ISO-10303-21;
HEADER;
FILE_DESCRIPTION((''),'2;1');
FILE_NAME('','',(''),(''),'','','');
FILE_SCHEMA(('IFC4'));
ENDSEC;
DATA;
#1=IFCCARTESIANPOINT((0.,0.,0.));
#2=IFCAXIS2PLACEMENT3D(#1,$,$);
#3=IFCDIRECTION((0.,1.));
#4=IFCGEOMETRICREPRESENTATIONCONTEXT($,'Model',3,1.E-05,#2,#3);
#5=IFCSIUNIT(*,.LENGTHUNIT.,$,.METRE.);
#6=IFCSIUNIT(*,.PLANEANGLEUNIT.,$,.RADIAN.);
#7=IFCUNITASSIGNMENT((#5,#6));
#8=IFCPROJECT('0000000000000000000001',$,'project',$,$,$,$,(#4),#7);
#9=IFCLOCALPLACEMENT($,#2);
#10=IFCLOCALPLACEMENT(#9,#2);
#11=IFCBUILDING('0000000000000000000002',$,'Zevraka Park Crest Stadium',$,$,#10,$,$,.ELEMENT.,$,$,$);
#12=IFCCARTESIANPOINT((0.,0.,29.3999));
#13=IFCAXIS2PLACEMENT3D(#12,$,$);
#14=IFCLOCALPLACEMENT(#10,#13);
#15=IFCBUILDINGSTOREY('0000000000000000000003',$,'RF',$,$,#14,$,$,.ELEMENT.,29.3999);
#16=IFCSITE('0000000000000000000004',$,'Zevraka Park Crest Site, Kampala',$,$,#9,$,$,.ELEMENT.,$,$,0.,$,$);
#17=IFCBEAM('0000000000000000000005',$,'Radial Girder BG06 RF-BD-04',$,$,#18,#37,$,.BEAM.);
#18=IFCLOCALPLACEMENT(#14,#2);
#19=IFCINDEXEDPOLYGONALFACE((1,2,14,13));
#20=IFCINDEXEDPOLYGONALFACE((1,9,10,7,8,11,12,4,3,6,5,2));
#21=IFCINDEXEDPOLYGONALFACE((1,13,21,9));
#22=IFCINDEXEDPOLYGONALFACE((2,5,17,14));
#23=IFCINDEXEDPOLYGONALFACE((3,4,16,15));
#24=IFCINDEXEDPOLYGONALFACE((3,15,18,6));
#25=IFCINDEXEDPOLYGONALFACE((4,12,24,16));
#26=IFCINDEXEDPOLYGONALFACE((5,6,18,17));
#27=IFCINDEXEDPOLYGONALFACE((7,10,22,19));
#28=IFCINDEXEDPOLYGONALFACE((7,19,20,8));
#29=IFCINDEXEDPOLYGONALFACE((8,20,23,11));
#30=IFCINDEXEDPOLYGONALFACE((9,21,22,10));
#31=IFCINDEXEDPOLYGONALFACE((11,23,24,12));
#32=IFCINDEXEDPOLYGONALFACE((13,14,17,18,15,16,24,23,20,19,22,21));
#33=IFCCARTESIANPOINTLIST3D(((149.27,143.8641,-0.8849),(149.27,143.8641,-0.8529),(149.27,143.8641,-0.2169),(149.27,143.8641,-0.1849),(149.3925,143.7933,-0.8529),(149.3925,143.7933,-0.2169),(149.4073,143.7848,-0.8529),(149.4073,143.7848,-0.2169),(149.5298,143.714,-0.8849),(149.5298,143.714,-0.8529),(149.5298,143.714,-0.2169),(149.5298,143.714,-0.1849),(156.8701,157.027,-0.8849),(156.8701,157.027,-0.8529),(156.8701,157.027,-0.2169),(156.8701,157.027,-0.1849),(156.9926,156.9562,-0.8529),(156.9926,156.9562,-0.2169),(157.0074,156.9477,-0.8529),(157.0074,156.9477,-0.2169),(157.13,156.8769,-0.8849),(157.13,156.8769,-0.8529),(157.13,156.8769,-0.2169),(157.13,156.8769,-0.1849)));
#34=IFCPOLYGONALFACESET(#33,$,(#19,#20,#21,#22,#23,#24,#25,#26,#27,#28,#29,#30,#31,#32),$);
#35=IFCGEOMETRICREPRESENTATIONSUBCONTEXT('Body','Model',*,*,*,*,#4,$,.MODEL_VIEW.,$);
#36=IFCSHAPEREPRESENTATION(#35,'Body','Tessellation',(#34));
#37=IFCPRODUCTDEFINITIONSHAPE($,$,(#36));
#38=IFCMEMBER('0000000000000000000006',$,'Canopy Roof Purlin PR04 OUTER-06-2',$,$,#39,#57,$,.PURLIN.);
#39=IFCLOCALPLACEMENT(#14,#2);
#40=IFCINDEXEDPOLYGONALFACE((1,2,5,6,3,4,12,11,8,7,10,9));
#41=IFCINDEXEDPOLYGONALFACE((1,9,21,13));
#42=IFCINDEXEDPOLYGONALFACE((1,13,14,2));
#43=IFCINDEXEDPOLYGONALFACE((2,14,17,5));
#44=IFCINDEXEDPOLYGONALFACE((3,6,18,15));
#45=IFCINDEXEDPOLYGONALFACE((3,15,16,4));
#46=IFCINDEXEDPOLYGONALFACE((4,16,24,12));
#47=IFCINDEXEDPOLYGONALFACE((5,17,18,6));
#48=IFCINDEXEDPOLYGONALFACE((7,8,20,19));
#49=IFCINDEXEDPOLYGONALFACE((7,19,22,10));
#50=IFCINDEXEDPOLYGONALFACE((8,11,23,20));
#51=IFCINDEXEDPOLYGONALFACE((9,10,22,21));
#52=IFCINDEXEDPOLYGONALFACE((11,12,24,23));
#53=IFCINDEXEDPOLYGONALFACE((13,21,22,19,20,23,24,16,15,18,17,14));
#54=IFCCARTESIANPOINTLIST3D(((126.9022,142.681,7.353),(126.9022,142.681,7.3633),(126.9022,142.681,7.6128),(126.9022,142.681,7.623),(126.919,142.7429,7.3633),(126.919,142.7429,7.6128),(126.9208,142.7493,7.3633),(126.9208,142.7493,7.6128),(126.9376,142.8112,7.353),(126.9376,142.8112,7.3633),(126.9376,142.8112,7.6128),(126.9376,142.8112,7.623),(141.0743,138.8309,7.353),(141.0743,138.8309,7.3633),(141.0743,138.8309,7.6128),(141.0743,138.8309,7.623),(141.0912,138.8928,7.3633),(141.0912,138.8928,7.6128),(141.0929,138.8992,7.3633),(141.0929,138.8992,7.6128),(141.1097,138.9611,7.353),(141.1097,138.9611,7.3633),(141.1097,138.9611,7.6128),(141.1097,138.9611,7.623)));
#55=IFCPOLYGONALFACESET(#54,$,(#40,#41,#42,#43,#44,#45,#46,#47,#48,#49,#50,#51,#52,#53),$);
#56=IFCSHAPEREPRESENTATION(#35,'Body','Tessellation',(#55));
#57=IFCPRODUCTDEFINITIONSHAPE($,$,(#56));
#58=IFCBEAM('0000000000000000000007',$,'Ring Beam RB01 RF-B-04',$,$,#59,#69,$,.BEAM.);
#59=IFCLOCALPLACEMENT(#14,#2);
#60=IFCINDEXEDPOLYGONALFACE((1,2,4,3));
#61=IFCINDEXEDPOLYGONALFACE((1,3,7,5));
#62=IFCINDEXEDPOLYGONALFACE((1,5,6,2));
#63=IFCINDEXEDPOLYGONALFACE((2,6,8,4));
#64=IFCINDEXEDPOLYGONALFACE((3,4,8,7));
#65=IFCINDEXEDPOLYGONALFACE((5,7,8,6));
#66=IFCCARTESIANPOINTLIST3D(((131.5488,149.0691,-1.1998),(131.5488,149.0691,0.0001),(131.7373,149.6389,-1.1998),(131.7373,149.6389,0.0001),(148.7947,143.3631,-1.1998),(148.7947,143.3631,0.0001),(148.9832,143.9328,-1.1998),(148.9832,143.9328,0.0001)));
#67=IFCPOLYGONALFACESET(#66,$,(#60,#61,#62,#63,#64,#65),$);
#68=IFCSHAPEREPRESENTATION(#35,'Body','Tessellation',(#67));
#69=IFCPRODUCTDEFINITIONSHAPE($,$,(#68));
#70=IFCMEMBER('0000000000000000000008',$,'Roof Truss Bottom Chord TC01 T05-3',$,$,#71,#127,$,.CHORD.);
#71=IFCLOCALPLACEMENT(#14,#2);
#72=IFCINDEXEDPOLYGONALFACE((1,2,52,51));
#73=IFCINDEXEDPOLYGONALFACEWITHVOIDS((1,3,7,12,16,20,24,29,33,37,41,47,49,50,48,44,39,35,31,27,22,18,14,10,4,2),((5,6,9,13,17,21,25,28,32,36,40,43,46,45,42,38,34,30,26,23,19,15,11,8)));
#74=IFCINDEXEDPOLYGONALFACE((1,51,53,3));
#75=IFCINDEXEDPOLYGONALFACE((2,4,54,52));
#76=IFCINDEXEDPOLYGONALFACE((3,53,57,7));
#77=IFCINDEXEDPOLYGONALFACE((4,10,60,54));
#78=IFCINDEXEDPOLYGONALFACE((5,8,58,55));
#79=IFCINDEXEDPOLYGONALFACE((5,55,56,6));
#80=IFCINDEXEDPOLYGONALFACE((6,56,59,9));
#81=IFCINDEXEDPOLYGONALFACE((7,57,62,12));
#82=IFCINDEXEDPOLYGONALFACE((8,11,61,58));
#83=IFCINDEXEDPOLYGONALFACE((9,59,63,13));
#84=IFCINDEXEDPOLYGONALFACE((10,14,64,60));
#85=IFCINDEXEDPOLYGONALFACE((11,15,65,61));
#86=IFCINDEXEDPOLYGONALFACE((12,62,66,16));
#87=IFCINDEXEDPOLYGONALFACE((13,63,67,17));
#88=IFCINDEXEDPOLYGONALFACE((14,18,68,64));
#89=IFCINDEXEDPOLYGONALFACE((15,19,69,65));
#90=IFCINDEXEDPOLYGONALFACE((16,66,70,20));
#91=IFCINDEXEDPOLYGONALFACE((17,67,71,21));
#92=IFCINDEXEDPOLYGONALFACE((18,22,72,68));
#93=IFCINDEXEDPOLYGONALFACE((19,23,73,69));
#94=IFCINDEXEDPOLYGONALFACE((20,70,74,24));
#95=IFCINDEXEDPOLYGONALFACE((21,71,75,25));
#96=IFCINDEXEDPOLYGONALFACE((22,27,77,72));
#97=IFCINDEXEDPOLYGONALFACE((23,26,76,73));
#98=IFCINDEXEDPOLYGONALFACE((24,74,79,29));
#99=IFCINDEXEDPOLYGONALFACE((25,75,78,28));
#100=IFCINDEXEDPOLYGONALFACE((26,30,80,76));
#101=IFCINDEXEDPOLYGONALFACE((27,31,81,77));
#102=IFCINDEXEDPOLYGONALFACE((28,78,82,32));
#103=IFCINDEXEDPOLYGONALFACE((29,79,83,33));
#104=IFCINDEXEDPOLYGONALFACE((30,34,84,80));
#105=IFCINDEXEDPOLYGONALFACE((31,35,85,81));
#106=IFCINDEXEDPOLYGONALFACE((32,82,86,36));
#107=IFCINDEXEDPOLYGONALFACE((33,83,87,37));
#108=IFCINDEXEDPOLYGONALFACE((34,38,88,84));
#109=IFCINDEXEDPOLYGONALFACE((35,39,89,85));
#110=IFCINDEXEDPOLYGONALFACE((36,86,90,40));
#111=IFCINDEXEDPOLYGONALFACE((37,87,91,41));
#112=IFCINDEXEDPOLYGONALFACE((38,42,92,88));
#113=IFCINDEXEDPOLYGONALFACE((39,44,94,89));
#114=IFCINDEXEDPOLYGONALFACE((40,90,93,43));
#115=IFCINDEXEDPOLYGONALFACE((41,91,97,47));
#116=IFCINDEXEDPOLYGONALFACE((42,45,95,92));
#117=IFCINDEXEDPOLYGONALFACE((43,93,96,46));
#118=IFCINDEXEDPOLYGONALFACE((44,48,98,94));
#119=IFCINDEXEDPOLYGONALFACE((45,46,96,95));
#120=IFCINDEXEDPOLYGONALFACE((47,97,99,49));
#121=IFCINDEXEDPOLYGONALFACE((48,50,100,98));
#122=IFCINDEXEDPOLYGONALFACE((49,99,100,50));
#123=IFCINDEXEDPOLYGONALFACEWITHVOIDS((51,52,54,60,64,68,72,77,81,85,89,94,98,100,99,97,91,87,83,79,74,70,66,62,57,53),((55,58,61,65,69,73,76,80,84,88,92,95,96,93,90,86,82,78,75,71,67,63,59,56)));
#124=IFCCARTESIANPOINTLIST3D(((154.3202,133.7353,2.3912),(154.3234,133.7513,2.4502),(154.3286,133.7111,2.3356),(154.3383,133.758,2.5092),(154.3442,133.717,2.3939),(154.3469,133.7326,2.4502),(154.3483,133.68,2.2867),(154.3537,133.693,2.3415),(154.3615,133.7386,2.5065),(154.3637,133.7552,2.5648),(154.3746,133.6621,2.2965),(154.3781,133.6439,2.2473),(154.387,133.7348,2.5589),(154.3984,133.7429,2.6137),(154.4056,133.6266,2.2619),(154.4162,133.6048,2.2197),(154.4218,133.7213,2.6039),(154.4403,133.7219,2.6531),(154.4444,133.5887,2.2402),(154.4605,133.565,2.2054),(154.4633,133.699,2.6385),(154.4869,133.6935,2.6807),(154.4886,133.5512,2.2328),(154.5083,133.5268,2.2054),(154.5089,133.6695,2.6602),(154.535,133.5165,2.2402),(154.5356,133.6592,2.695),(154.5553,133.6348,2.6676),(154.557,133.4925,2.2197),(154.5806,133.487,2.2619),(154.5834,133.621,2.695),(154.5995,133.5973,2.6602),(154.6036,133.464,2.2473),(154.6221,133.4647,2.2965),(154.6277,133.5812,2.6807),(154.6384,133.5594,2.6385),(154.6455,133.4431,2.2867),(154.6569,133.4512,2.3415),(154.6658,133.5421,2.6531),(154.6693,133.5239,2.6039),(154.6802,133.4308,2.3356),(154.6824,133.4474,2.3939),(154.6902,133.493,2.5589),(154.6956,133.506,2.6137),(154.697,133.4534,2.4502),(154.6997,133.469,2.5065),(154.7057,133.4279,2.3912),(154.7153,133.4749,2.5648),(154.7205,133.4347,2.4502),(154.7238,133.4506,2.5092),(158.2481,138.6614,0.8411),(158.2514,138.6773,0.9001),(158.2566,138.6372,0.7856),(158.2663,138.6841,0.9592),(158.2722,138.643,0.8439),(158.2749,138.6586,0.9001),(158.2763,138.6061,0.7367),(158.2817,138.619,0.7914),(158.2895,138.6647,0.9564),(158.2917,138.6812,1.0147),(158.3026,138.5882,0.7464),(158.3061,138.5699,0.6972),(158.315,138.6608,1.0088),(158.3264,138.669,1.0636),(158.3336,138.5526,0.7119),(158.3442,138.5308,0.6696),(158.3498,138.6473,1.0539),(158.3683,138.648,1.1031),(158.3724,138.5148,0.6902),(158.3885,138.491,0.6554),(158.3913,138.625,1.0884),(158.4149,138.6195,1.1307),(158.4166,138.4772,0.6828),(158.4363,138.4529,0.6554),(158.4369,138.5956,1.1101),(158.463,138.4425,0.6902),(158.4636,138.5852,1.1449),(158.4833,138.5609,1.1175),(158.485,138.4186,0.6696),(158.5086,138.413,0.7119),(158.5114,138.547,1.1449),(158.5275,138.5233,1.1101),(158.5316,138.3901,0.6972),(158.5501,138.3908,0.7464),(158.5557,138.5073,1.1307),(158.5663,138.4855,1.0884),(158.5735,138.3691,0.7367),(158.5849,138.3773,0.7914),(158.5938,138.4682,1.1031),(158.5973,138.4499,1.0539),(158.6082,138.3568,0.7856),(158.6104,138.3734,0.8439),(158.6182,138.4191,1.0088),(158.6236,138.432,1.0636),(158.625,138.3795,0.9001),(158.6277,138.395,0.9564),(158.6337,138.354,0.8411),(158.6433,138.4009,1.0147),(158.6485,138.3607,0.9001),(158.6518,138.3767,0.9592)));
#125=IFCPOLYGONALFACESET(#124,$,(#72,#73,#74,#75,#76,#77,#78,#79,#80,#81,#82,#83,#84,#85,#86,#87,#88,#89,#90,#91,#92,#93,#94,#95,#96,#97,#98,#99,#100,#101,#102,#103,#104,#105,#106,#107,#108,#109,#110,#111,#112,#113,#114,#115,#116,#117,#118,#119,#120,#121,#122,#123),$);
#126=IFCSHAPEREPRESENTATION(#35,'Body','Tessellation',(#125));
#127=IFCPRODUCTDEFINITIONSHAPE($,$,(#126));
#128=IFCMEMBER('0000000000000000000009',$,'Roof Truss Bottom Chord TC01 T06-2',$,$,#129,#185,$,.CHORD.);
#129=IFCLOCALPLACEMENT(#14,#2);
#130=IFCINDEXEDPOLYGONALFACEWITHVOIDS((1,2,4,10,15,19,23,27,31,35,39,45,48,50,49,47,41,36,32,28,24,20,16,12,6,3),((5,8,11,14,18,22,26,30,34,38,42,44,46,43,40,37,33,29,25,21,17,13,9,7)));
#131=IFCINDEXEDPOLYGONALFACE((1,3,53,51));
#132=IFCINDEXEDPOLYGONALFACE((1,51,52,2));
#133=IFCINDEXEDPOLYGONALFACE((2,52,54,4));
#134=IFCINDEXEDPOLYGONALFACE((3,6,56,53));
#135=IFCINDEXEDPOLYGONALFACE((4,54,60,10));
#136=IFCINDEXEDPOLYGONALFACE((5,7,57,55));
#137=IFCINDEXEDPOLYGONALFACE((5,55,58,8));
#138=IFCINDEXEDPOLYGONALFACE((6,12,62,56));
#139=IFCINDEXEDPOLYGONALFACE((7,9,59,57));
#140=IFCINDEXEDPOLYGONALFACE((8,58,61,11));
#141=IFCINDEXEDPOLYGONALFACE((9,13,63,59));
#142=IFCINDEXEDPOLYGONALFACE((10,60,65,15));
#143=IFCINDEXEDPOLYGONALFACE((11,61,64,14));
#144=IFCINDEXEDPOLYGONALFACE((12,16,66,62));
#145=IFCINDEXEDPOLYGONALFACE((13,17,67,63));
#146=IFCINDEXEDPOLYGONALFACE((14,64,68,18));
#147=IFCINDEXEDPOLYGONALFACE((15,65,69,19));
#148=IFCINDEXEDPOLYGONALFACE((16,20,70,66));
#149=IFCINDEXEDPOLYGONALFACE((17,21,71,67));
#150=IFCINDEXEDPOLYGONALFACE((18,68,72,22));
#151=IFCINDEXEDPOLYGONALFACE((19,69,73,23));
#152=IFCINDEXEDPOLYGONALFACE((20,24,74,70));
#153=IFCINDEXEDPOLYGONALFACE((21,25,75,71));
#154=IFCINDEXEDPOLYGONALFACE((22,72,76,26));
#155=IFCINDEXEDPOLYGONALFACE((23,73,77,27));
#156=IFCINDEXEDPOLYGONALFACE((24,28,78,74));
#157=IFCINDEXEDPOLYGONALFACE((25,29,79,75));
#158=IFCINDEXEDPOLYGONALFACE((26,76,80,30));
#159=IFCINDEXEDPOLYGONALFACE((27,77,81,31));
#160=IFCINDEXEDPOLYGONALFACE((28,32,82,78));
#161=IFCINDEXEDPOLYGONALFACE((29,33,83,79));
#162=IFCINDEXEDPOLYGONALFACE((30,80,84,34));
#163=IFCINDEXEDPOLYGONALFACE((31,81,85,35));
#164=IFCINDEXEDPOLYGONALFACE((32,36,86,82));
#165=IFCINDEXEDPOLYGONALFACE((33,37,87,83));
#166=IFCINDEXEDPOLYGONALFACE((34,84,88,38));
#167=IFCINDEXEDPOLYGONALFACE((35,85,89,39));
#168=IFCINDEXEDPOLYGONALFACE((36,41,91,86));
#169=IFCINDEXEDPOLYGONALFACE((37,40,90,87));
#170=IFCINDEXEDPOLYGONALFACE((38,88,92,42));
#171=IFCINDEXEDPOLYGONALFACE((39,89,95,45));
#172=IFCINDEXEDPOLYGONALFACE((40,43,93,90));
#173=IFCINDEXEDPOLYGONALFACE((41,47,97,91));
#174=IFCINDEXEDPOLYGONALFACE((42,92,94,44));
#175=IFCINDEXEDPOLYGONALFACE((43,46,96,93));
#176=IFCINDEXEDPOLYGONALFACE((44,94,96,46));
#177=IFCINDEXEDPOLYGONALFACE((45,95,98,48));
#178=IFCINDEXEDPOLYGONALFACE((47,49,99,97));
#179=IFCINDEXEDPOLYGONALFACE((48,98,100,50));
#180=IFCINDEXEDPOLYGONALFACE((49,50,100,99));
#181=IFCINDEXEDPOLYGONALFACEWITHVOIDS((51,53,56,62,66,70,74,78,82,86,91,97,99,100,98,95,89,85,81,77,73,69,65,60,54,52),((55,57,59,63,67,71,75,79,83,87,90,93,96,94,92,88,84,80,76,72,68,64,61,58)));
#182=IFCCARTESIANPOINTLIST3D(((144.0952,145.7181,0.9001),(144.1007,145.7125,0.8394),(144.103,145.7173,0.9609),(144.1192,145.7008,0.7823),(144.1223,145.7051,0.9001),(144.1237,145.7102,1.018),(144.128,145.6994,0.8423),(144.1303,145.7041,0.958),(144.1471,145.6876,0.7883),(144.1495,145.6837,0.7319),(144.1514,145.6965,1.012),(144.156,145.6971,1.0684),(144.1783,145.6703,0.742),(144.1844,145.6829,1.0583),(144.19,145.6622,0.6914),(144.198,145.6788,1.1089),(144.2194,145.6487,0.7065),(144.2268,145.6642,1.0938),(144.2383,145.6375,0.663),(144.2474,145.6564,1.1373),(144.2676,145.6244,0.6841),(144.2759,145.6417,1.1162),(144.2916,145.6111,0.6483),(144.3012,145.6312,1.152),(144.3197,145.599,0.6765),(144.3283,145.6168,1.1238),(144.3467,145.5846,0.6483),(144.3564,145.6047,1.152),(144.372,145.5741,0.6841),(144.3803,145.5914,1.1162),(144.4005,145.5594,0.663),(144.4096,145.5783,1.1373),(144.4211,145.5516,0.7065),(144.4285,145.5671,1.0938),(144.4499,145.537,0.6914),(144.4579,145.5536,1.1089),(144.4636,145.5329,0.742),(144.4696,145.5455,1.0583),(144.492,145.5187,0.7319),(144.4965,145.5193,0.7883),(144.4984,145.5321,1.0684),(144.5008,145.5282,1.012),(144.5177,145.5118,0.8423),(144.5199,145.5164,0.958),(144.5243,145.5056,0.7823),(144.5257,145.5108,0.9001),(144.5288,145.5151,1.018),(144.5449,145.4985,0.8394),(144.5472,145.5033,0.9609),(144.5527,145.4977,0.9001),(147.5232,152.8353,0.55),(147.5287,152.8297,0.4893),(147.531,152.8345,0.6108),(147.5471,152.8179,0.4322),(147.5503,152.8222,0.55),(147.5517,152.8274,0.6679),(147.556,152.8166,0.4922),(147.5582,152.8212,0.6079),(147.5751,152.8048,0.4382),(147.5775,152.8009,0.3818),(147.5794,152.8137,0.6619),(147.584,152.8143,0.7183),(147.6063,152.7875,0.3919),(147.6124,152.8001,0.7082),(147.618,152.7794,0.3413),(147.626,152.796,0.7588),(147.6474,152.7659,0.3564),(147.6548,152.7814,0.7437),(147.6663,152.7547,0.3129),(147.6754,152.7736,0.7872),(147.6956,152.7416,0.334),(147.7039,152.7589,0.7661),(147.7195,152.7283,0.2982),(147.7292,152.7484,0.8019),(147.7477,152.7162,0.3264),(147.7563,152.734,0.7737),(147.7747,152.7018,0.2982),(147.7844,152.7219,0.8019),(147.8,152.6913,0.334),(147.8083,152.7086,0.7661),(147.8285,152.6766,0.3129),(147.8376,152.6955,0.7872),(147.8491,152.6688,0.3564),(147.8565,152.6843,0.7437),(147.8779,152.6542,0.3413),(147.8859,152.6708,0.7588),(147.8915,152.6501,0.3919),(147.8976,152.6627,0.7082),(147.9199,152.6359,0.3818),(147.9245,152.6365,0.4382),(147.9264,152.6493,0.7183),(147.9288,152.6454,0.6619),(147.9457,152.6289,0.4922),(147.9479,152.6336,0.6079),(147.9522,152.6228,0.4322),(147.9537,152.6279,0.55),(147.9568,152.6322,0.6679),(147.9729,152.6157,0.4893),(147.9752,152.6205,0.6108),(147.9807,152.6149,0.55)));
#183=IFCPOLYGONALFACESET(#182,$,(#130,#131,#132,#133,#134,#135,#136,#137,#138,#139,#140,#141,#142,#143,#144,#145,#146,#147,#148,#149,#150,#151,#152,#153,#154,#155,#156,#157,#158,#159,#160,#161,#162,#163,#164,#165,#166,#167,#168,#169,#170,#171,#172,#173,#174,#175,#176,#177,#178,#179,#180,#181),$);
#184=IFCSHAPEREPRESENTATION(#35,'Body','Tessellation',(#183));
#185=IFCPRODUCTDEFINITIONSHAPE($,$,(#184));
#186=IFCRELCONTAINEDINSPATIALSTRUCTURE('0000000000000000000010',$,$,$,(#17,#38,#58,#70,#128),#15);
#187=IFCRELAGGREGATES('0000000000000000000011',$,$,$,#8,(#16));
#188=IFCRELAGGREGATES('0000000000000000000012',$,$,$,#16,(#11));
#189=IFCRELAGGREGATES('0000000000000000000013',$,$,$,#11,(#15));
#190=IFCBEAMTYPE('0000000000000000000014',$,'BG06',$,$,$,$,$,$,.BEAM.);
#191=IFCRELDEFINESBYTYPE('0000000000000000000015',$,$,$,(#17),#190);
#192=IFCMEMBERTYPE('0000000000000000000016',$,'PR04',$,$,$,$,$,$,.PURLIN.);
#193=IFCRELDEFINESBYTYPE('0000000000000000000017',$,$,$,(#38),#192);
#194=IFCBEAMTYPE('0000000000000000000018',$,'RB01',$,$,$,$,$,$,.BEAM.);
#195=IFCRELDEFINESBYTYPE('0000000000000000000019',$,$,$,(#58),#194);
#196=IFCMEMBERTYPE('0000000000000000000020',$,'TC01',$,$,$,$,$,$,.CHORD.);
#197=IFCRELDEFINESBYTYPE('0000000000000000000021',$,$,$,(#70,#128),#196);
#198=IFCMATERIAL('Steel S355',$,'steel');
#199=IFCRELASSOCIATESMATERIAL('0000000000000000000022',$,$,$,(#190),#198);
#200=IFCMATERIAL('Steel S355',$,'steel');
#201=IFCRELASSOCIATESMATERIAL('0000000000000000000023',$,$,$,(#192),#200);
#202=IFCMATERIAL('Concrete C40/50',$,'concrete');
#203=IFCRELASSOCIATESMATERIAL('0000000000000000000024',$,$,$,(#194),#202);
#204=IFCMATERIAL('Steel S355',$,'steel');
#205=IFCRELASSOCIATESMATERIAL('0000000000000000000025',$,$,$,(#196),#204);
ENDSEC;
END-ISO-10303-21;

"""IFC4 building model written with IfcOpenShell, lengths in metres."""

from ifc_helpers import new_model, si_unit, direction, frame, origin, origin_2d, place, context, subcontext, project, spatial, rectangle, hollow_circle, i_section, extrude, material, material_profile, profile_set, type_object, element, save


model = new_model("IFC4")

# Units and contexts
model_context = context("Model", 3, precision=1e-05, world=origin(), true_north=direction((0.0, 1.0)))
body_context = subcontext(model_context, "Body", "Model", "MODEL_VIEW")
ifc_project = project(units=[si_unit("LENGTHUNIT", "METRE"), si_unit("PLANEANGLEUNIT", "RADIAN")], contexts=[model_context])

# Site, building, storey
site_placement = place(None, origin())
site = spatial("IfcSite", under=ifc_project, at=site_placement, Name="Zevraka Park Crest Site, Kampala", CompositionType="ELEMENT", RefElevation=0.0)
building_placement = place(site_placement, origin())
building = spatial("IfcBuilding", under=site, at=building_placement, Name="Zevraka Park Crest Stadium", CompositionType="ELEMENT")
storey_placement = place(building_placement, frame((0.0, 0.0, 29.3999)))
storey = spatial("IfcBuildingStorey", under=building, at=storey_placement, Name="RF", CompositionType="ELEMENT", Elevation=29.3999)

# Beam
ifc_material_1 = material(Name="Steel S355", Category="steel")
ifc_material_profile_1 = material_profile(ifc_material_1, i_section(OverallWidth=0.3, OverallDepth=0.7, WebThickness=0.0171, FlangeThickness=0.032, at=origin_2d()), Name="HEB 700")
ifc_profile_set_1 = profile_set([ifc_material_profile_1], Name="Steel S355")
beam_type_1 = type_object("IfcBeamType", Name="BG06", PredefinedType="BEAM", material=ifc_profile_set_1)
beam_1_placement = place(storey_placement, frame((149.3999, 143.7891, -0.5349), z_axis=(0.500026, 0.86601, 0.0), x_axis=(-0.86601, 0.500026, 0.0)))
element("IfcBeam", 1, at=beam_1_placement, inside=storey, type_object=beam_type_1, Name="Radial Girder BG06 RF-BD-04", PredefinedType="BEAM", context=body_context, shape_type="SweptSolid", body=[
    extrude(i_section(OverallWidth=0.3, OverallDepth=0.7, WebThickness=0.0171, FlangeThickness=0.032, at=origin_2d()), origin(), (0.0, 0.0, 1.0), 15.1995),
])

# Member
ifc_material_2 = material(Name="Steel S355", Category="steel")
ifc_material_profile_2 = material_profile(ifc_material_2, i_section(OverallWidth=0.135, OverallDepth=0.27, WebThickness=0.0066, FlangeThickness=0.0103, at=origin_2d()), Name="IPE 270")
ifc_profile_set_2 = profile_set([ifc_material_profile_2], Name="Steel S355")
member_type_1 = type_object("IfcMemberType", Name="PR04", PredefinedType="PURLIN", material=ifc_profile_set_2)
member_1_placement = place(storey_placement, frame((141.092, 138.896, 7.488), z_axis=(-0.965023, 0.262165, 0.0), x_axis=(-0.262165, -0.965023, 0.0)))
element("IfcMember", 2, at=member_1_placement, inside=storey, type_object=member_type_1, Name="Canopy Roof Purlin PR04 OUTER-06-2", PredefinedType="PURLIN", context=body_context, shape_type="SweptSolid", body=[
    extrude(i_section(OverallWidth=0.135, OverallDepth=0.27, WebThickness=0.0066, FlangeThickness=0.0103, at=origin_2d()), origin(), (0.0, 0.0, 1.0), 14.6858),
])

# Beam
ifc_material_3 = material(Name="Concrete C40/50", Category="concrete")
ifc_material_profile_3 = material_profile(ifc_material_3, rectangle(XDim=0.6001, YDim=1.2, at=origin_2d()), Name="RC 1200x600")
ifc_profile_set_3 = profile_set([ifc_material_profile_3], Name="Concrete C40/50")
beam_type_2 = type_object("IfcBeamType", Name="RB01", PredefinedType="BEAM", material=ifc_profile_set_3)
beam_2_placement = place(storey_placement, frame((148.8889, 143.6479, -0.5999), z_axis=(-0.949384, 0.314118, 0.0), x_axis=(-0.314118, -0.949384, 0.0)))
element("IfcBeam", 3, at=beam_2_placement, inside=storey, type_object=beam_type_2, Name="Ring Beam RB01 RF-B-04", PredefinedType="BEAM", context=body_context, shape_type="SweptSolid", body=[
    extrude(rectangle(XDim=0.6001, YDim=1.2, at=origin_2d()), origin(), (0.0, 0.0, 1.0), 18.1653),
])

# Members
ifc_material_4 = material(Name="Steel S355", Category="steel")
ifc_material_profile_4 = material_profile(ifc_material_4, hollow_circle(Radius=0.2539, WallThickness=0.03, at=origin_2d()), Name="CHS 508.0x30")
ifc_profile_set_4 = profile_set([ifc_material_profile_4], Name="Steel S355")
member_type_2 = type_object("IfcMemberType", Name="TC01", PredefinedType="CHORD", material=ifc_profile_set_4)
member_2_placement = place(storey_placement, frame((158.45, 138.519, 0.9001), z_axis=(-0.605399, -0.759222, 0.238901), x_axis=(0.781862, -0.623451, 0.0)))
element("IfcMember", 4, at=member_2_placement, inside=storey, type_object=member_type_2, Name="Roof Truss Bottom Chord TC01 T05-3", PredefinedType="CHORD", context=body_context, shape_type="SweptSolid", body=[
    extrude(hollow_circle(Radius=0.2539, WallThickness=0.03, at=origin_2d()), origin(), (0.0, 0.0, 1.0), 6.4883),
])
member_3_placement = place(storey_placement, frame((147.752, 152.7251, 0.55), z_axis=(-0.433512, -0.90006, 0.044274), x_axis=(0.900943, -0.433937, 0.0)))
element("IfcMember", 5, at=member_3_placement, inside=storey, type_object=member_type_2, Name="Roof Truss Bottom Chord TC01 T06-2", PredefinedType="CHORD", context=body_context, shape_type="SweptSolid", body=[
    extrude(hollow_circle(Radius=0.2539, WallThickness=0.03, at=origin_2d()), origin(), (0.0, 0.0, 1.0), 7.9075),
])

save(model, "model.ifc")
